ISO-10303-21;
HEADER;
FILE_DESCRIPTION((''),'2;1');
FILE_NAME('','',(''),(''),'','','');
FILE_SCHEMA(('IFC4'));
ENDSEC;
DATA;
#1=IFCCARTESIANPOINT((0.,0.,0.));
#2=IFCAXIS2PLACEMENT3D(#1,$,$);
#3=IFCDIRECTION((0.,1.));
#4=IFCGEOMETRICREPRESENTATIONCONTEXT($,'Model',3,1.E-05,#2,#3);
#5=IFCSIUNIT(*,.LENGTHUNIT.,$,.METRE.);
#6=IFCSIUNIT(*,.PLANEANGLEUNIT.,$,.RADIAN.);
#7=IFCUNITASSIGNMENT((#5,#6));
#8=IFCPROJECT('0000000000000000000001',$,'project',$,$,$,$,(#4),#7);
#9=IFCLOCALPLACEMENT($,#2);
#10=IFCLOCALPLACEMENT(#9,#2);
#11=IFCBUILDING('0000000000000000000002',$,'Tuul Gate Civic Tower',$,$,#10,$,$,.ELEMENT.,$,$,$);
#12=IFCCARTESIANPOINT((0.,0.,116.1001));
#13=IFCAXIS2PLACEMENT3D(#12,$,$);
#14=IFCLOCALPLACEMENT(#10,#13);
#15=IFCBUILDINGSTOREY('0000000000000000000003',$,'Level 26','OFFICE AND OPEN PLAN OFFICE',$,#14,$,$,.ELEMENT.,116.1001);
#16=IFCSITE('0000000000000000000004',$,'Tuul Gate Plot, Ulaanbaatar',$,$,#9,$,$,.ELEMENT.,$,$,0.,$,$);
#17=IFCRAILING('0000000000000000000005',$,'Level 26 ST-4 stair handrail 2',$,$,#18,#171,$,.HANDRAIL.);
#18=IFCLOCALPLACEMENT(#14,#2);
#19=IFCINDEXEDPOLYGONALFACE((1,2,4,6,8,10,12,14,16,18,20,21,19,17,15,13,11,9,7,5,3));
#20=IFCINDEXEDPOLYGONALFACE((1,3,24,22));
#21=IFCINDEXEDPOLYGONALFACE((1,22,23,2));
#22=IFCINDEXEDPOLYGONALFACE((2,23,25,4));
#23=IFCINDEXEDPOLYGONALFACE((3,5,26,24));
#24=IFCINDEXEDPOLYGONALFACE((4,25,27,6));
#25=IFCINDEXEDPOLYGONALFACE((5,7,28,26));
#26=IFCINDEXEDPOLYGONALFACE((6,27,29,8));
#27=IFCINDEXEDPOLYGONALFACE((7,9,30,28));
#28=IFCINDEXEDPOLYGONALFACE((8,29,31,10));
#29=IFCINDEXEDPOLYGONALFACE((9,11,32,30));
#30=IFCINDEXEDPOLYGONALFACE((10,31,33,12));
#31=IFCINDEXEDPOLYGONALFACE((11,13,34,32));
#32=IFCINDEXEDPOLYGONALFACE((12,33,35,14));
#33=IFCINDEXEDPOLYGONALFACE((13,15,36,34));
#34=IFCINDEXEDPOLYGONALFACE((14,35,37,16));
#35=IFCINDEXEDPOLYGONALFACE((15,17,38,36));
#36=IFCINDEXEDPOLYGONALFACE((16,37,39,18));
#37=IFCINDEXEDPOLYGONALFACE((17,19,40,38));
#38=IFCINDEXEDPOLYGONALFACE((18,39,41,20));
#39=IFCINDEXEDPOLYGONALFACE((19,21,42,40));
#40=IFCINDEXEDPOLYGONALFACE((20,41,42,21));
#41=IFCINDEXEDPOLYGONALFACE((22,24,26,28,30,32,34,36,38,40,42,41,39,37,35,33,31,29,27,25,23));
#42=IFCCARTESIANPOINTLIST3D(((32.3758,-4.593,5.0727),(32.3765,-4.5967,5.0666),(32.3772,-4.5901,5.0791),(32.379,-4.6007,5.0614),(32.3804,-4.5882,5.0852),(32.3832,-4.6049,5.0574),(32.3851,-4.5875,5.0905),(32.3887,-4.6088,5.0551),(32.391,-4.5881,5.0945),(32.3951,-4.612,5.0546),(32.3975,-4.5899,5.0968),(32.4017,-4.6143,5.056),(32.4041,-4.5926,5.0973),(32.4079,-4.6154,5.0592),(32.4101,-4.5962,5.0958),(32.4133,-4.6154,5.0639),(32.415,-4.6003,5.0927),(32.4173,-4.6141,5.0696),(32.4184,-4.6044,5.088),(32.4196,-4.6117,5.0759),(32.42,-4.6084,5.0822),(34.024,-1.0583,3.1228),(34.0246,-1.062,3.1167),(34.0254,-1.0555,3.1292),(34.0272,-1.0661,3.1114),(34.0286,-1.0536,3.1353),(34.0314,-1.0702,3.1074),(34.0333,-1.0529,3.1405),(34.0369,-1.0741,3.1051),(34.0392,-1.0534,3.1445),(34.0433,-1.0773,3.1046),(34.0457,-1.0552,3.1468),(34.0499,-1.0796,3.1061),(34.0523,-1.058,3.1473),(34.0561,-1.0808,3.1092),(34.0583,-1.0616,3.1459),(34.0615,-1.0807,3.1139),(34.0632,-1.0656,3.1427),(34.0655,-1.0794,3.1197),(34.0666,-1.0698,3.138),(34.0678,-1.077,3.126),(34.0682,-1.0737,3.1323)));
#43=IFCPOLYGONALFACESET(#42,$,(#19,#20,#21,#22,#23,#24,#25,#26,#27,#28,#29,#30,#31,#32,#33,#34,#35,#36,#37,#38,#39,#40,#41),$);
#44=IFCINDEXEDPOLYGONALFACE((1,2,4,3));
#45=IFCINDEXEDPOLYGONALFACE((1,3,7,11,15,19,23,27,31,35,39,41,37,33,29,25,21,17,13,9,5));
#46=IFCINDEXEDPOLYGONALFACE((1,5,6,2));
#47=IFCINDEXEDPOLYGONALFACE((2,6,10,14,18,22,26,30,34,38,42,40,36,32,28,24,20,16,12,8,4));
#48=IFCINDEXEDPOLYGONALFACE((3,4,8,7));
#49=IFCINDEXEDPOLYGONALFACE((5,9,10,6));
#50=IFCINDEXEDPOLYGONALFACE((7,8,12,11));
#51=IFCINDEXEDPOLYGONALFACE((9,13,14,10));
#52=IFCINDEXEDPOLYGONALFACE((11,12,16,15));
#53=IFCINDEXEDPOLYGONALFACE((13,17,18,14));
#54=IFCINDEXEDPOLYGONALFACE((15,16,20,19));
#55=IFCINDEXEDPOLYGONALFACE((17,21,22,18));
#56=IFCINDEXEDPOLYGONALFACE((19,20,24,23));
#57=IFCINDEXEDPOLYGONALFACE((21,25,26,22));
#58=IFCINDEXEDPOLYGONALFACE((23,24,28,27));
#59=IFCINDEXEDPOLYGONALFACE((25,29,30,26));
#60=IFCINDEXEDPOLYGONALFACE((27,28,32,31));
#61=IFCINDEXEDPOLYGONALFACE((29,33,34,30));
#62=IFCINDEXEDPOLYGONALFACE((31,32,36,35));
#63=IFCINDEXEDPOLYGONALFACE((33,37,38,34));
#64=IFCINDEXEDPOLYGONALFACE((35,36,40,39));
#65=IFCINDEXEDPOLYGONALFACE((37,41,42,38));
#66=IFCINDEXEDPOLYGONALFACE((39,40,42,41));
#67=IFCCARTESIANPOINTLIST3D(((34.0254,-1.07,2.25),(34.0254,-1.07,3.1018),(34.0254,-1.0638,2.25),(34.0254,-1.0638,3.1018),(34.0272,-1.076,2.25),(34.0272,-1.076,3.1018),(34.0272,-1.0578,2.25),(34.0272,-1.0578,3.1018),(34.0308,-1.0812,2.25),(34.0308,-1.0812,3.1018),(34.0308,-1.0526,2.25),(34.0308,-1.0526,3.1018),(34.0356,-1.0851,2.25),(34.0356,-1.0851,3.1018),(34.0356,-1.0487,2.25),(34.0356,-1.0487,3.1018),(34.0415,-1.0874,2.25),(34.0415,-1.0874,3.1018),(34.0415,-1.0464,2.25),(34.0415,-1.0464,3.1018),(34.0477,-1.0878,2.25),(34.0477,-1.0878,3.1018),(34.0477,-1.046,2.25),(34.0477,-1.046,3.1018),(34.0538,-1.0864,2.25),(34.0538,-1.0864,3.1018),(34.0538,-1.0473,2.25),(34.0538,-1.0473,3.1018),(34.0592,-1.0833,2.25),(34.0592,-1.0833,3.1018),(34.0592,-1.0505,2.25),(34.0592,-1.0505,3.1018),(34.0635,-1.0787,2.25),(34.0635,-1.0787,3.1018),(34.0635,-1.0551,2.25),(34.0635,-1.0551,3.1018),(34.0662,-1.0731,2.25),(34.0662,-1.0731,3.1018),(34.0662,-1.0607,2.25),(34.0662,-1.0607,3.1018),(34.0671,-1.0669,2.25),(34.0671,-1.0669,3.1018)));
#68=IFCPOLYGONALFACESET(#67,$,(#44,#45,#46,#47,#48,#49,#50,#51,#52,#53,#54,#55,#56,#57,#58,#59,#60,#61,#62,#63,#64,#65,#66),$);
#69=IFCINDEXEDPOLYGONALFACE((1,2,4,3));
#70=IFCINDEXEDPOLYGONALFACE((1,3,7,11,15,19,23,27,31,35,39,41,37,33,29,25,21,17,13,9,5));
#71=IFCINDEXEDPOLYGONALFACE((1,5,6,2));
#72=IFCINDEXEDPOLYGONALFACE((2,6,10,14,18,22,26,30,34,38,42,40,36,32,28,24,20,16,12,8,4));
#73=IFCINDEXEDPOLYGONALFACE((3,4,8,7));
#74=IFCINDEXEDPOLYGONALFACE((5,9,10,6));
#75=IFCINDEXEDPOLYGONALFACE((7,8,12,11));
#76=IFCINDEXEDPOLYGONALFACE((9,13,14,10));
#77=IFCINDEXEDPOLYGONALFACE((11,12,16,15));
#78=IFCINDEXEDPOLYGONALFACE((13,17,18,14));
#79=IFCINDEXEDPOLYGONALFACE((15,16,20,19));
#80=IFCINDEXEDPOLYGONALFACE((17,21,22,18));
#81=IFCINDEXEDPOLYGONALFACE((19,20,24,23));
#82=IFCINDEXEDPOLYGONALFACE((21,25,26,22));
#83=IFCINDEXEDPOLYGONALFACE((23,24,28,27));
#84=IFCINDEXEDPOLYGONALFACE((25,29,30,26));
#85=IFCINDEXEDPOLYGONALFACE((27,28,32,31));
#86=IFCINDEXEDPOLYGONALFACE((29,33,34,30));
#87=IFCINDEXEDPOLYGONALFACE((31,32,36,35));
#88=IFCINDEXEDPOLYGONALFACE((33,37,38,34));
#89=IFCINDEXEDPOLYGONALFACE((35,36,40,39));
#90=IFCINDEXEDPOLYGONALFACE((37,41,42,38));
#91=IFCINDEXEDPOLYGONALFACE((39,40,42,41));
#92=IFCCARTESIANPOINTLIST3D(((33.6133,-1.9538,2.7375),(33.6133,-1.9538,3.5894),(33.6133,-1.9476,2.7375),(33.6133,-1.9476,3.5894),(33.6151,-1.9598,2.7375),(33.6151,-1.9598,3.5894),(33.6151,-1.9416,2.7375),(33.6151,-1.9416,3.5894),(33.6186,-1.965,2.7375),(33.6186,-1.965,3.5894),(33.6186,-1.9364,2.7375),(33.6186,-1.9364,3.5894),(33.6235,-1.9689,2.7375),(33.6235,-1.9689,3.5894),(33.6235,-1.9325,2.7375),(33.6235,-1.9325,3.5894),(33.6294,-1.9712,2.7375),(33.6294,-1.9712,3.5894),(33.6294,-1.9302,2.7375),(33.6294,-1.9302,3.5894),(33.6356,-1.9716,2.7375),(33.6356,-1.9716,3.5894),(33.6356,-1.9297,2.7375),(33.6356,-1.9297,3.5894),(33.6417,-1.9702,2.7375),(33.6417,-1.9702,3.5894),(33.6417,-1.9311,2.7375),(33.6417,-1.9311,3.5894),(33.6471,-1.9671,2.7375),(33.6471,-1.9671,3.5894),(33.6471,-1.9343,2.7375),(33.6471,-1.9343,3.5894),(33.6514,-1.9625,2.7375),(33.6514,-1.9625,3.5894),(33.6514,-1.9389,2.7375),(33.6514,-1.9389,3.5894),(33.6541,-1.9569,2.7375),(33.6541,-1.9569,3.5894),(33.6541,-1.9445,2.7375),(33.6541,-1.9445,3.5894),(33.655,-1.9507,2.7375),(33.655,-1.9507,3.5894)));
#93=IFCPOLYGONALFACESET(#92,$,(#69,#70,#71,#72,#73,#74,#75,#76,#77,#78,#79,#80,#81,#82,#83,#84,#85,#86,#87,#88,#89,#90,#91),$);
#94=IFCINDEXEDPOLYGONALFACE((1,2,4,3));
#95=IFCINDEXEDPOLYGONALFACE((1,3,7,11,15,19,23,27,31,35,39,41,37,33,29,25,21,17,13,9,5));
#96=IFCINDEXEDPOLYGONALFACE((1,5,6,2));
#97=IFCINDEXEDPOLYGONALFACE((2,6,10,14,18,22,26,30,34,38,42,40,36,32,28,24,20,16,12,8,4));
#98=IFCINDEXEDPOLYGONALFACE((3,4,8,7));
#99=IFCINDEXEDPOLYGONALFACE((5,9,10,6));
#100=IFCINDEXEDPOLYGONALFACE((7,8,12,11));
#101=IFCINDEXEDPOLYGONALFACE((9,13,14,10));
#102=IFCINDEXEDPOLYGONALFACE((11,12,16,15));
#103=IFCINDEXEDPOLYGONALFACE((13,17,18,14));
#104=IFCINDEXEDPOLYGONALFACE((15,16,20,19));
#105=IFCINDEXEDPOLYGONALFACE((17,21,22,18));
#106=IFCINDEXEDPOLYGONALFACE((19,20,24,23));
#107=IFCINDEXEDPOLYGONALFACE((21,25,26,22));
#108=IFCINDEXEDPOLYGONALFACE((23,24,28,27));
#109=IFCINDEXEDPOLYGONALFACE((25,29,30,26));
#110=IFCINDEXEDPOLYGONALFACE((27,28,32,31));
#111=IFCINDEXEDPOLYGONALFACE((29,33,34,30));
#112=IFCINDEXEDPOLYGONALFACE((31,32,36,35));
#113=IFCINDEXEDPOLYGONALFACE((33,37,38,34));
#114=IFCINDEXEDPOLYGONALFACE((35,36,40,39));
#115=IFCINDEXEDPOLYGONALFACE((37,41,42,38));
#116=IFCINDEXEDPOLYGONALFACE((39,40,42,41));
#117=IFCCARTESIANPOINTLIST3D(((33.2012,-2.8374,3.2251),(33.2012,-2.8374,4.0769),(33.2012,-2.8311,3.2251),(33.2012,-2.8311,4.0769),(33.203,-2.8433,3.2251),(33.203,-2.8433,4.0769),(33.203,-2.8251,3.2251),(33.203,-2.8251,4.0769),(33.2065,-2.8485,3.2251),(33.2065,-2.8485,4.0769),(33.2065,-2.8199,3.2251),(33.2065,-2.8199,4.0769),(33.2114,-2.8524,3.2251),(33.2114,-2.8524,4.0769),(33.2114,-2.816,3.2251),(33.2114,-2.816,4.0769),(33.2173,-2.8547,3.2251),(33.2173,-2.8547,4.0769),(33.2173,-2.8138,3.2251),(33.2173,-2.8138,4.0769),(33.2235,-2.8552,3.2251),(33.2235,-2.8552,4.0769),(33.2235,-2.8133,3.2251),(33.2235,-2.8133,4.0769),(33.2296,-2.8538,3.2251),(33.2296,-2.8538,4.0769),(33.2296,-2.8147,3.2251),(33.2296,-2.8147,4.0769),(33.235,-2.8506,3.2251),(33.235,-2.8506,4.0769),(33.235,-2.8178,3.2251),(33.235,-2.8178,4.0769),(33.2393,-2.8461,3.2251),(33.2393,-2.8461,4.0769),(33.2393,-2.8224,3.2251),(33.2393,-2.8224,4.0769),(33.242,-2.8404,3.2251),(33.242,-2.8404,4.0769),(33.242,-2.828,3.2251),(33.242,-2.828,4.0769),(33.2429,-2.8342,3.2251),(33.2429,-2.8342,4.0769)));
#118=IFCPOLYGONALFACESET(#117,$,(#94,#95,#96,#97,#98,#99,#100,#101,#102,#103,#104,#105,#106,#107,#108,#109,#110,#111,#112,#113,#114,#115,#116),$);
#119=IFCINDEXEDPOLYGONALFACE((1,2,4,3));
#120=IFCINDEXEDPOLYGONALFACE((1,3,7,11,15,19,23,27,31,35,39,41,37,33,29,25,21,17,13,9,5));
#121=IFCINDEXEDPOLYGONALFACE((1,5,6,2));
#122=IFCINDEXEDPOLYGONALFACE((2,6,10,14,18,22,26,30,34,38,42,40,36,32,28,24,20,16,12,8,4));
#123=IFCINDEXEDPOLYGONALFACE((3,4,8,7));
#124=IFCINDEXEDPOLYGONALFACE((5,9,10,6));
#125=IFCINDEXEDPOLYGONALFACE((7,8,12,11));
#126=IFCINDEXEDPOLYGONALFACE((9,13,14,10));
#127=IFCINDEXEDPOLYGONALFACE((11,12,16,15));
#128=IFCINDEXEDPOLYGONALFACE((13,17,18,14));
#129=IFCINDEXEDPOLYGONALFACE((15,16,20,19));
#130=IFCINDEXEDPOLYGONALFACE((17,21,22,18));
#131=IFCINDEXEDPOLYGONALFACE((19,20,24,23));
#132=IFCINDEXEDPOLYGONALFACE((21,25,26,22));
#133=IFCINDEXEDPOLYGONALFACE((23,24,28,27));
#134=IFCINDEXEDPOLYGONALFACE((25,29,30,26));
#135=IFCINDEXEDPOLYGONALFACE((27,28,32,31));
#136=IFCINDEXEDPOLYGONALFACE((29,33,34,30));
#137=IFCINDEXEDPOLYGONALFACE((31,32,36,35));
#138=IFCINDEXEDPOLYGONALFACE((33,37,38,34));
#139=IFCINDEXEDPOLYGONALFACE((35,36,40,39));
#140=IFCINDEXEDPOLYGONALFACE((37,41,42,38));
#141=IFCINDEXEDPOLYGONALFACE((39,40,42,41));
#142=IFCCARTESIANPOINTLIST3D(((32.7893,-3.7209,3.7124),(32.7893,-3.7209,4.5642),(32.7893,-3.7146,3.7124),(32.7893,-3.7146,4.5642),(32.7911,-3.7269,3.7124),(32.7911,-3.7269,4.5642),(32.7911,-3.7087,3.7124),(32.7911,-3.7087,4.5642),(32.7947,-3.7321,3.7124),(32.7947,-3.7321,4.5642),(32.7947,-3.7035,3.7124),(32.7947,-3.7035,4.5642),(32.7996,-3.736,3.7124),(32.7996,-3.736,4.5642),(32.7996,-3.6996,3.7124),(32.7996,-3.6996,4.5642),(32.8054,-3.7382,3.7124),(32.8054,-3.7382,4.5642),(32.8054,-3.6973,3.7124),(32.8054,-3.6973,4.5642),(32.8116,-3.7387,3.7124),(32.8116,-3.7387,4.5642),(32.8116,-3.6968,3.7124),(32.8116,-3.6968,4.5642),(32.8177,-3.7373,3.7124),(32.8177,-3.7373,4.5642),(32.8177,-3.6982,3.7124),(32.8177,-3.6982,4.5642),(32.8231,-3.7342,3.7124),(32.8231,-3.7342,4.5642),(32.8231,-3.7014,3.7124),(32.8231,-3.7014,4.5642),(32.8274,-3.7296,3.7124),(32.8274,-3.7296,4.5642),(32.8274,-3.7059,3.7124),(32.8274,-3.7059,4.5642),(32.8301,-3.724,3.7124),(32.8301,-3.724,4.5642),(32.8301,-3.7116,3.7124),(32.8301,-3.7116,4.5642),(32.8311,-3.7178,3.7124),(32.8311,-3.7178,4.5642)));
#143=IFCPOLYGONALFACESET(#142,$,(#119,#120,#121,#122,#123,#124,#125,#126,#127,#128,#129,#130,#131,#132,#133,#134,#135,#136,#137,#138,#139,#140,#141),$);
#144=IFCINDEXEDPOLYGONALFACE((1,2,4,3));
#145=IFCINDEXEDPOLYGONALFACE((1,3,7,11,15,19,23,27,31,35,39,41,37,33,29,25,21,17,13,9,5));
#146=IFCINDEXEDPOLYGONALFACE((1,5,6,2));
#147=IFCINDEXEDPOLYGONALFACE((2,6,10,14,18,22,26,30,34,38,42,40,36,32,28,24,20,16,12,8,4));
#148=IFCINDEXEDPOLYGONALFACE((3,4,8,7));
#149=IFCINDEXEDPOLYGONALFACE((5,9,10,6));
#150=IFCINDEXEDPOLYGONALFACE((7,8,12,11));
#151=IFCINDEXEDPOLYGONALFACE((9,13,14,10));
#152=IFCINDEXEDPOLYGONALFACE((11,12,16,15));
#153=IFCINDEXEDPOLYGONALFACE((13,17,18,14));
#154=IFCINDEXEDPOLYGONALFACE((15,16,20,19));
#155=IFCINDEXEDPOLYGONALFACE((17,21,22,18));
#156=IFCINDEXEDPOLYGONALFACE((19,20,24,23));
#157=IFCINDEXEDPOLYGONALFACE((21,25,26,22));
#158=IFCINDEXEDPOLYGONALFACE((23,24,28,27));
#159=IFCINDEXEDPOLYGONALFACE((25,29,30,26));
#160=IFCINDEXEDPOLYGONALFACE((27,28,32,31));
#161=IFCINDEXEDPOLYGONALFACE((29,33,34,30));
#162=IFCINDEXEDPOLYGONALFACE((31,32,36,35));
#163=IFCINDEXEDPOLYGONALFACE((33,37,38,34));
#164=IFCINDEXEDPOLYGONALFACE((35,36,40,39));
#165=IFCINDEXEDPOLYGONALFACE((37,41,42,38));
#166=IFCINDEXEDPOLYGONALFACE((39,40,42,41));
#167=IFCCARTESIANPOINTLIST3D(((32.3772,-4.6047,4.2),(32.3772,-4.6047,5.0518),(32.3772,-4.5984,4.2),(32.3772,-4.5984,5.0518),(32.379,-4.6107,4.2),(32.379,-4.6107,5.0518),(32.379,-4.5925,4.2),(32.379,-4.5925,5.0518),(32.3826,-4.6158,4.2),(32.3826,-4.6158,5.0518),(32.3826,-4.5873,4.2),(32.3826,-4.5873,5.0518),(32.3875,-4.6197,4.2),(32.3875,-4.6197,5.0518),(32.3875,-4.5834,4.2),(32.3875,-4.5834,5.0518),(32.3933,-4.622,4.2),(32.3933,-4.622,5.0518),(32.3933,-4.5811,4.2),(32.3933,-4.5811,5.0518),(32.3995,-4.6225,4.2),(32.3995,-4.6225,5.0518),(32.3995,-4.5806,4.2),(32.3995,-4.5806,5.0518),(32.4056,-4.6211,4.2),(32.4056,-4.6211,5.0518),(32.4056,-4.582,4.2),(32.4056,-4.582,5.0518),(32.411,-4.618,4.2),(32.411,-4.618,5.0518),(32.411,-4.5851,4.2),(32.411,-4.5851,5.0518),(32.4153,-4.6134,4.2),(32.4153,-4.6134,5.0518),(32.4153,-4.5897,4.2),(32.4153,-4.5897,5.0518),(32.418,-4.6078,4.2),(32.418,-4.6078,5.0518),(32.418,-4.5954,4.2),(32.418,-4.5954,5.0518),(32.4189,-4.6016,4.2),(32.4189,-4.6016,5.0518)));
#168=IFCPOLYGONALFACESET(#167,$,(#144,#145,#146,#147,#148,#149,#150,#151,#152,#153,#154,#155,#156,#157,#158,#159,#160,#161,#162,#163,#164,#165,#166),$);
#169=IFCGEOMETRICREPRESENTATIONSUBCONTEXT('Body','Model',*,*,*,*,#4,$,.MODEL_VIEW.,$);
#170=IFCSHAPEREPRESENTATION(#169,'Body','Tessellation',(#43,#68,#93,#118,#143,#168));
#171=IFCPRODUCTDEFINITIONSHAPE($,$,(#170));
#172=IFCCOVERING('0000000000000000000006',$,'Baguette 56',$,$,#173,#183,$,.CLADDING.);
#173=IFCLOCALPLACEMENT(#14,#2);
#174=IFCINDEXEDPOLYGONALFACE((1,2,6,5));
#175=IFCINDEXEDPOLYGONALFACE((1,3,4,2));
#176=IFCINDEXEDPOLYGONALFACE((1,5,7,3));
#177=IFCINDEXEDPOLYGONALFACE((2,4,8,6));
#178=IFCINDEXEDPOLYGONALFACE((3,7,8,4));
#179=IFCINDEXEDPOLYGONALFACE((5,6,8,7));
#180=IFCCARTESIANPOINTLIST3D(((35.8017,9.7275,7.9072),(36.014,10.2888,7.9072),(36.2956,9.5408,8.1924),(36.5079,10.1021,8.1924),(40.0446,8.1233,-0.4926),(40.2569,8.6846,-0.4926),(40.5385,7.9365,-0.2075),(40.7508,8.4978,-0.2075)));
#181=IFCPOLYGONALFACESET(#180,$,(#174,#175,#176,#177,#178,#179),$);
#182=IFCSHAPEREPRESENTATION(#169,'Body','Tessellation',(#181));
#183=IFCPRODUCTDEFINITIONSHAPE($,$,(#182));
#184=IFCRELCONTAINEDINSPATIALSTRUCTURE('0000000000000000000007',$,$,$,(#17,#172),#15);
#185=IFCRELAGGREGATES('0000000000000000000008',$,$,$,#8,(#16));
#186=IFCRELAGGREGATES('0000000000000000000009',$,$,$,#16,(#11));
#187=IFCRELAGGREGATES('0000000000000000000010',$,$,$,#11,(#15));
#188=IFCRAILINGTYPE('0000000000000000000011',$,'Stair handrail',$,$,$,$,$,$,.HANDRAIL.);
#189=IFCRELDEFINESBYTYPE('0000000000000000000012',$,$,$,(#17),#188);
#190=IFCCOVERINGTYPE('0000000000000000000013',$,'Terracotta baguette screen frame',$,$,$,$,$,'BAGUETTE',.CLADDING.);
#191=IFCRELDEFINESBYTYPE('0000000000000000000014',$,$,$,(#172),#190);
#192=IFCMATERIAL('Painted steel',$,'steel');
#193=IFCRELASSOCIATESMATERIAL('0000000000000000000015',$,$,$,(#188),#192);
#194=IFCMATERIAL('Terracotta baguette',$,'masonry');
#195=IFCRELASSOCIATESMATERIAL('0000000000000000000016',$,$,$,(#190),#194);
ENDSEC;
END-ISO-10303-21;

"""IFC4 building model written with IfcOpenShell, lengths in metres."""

from ifc_helpers import new_model, si_unit, direction, frame, origin, origin_2d, place, context, subcontext, project, spatial, rectangle, circle, extrude, material, material_profile, profile_set, type_object, element, save


model = new_model("IFC4")

# Units and contexts
model_context = context("Model", 3, precision=1e-05, world=origin(), true_north=direction((0.0, 1.0)))
body_context = subcontext(model_context, "Body", "Model", "MODEL_VIEW")
ifc_project = project(units=[si_unit("LENGTHUNIT", "METRE"), si_unit("PLANEANGLEUNIT", "RADIAN")], contexts=[model_context])

# Site, building, storey
site_placement = place(None, origin())
site = spatial("IfcSite", under=ifc_project, at=site_placement, Name="Tuul Gate Plot, Ulaanbaatar", CompositionType="ELEMENT", RefElevation=0.0)
building_placement = place(site_placement, origin())
building = spatial("IfcBuilding", under=site, at=building_placement, Name="Tuul Gate Civic Tower", CompositionType="ELEMENT")
storey_placement = place(building_placement, frame((0.0, 0.0, 116.1001)))
storey = spatial("IfcBuildingStorey", under=building, at=storey_placement, Name="Level 26", Description="OFFICE AND OPEN PLAN OFFICE", CompositionType="ELEMENT", Elevation=116.1001)

# Railing
ifc_material_1 = material(Name="Painted steel", Category="steel")
railing_type_1 = type_object("IfcRailingType", Name="Stair handrail", PredefinedType="HANDRAIL", material=ifc_material_1)
railing_1_placement = place(storey_placement, frame((34.0461, -1.0669, 2.25)))
element("IfcRailing", 1, at=railing_1_placement, inside=storey, type_object=railing_type_1, Name="Level 26 ST-4 stair handrail 2", PredefinedType="HANDRAIL", context=body_context, shape_type="SweptSolid", body=[
    extrude(circle(Radius=0.0239, at=origin_2d()), frame((0.0, 0.0, 0.876), z_axis=(-0.377995, -0.810637, 0.4472), x_axis=(0.906313, -0.422608, 0.0)), (0.0, 0.0, 1.0), 4.3604),
    extrude(circle(Radius=0.021, at=origin_2d()), origin(), (0.0, 0.0, 1.0), 0.8518),
    extrude(circle(Radius=0.021, at=origin_2d()), frame((-0.4121, -0.8838, 0.4875)), (0.0, 0.0, 1.0), 0.8518),
    extrude(circle(Radius=0.021, at=origin_2d()), frame((-0.8242, -1.7673, 0.9751)), (0.0, 0.0, 1.0), 0.8518),
    extrude(circle(Radius=0.021, at=origin_2d()), frame((-1.2361, -2.6509, 1.4624)), (0.0, 0.0, 1.0), 0.8518),
    extrude(circle(Radius=0.021, at=origin_2d()), frame((-1.6482, -3.5347, 1.95)), (0.0, 0.0, 1.0), 0.8518),
])

# Covering
ifc_material_2 = material(Name="Terracotta baguette", Category="masonry")
ifc_material_profile_1 = material_profile(ifc_material_2, rectangle(XDim=0.6001, YDim=0.6001, at=origin_2d()), Name="Terracotta baguette screen frame")
ifc_profile_set_1 = profile_set([ifc_material_profile_1], Name="Terracotta baguette")
covering_type = type_object("IfcCoveringType", Name="Terracotta baguette screen frame", ElementType="BAGUETTE", PredefinedType="CLADDING", material=ifc_profile_set_1)
covering_placement = place(storey_placement, frame((36.1548, 9.9148, 8.0498), z_axis=(0.444451, -0.168047, -0.8799), x_axis=(0.353664, 0.935372, 0.0)))
element("IfcCovering", 2, at=covering_placement, inside=storey, type_object=covering_type, Name="Baguette 56", PredefinedType="CLADDING", context=body_context, shape_type="SweptSolid", body=[
    extrude(rectangle(XDim=0.6001, YDim=0.6001, at=origin_2d()), origin(), (0.0, 0.0, 1.0), 9.5464),
])

save(model, "model.ifc")
